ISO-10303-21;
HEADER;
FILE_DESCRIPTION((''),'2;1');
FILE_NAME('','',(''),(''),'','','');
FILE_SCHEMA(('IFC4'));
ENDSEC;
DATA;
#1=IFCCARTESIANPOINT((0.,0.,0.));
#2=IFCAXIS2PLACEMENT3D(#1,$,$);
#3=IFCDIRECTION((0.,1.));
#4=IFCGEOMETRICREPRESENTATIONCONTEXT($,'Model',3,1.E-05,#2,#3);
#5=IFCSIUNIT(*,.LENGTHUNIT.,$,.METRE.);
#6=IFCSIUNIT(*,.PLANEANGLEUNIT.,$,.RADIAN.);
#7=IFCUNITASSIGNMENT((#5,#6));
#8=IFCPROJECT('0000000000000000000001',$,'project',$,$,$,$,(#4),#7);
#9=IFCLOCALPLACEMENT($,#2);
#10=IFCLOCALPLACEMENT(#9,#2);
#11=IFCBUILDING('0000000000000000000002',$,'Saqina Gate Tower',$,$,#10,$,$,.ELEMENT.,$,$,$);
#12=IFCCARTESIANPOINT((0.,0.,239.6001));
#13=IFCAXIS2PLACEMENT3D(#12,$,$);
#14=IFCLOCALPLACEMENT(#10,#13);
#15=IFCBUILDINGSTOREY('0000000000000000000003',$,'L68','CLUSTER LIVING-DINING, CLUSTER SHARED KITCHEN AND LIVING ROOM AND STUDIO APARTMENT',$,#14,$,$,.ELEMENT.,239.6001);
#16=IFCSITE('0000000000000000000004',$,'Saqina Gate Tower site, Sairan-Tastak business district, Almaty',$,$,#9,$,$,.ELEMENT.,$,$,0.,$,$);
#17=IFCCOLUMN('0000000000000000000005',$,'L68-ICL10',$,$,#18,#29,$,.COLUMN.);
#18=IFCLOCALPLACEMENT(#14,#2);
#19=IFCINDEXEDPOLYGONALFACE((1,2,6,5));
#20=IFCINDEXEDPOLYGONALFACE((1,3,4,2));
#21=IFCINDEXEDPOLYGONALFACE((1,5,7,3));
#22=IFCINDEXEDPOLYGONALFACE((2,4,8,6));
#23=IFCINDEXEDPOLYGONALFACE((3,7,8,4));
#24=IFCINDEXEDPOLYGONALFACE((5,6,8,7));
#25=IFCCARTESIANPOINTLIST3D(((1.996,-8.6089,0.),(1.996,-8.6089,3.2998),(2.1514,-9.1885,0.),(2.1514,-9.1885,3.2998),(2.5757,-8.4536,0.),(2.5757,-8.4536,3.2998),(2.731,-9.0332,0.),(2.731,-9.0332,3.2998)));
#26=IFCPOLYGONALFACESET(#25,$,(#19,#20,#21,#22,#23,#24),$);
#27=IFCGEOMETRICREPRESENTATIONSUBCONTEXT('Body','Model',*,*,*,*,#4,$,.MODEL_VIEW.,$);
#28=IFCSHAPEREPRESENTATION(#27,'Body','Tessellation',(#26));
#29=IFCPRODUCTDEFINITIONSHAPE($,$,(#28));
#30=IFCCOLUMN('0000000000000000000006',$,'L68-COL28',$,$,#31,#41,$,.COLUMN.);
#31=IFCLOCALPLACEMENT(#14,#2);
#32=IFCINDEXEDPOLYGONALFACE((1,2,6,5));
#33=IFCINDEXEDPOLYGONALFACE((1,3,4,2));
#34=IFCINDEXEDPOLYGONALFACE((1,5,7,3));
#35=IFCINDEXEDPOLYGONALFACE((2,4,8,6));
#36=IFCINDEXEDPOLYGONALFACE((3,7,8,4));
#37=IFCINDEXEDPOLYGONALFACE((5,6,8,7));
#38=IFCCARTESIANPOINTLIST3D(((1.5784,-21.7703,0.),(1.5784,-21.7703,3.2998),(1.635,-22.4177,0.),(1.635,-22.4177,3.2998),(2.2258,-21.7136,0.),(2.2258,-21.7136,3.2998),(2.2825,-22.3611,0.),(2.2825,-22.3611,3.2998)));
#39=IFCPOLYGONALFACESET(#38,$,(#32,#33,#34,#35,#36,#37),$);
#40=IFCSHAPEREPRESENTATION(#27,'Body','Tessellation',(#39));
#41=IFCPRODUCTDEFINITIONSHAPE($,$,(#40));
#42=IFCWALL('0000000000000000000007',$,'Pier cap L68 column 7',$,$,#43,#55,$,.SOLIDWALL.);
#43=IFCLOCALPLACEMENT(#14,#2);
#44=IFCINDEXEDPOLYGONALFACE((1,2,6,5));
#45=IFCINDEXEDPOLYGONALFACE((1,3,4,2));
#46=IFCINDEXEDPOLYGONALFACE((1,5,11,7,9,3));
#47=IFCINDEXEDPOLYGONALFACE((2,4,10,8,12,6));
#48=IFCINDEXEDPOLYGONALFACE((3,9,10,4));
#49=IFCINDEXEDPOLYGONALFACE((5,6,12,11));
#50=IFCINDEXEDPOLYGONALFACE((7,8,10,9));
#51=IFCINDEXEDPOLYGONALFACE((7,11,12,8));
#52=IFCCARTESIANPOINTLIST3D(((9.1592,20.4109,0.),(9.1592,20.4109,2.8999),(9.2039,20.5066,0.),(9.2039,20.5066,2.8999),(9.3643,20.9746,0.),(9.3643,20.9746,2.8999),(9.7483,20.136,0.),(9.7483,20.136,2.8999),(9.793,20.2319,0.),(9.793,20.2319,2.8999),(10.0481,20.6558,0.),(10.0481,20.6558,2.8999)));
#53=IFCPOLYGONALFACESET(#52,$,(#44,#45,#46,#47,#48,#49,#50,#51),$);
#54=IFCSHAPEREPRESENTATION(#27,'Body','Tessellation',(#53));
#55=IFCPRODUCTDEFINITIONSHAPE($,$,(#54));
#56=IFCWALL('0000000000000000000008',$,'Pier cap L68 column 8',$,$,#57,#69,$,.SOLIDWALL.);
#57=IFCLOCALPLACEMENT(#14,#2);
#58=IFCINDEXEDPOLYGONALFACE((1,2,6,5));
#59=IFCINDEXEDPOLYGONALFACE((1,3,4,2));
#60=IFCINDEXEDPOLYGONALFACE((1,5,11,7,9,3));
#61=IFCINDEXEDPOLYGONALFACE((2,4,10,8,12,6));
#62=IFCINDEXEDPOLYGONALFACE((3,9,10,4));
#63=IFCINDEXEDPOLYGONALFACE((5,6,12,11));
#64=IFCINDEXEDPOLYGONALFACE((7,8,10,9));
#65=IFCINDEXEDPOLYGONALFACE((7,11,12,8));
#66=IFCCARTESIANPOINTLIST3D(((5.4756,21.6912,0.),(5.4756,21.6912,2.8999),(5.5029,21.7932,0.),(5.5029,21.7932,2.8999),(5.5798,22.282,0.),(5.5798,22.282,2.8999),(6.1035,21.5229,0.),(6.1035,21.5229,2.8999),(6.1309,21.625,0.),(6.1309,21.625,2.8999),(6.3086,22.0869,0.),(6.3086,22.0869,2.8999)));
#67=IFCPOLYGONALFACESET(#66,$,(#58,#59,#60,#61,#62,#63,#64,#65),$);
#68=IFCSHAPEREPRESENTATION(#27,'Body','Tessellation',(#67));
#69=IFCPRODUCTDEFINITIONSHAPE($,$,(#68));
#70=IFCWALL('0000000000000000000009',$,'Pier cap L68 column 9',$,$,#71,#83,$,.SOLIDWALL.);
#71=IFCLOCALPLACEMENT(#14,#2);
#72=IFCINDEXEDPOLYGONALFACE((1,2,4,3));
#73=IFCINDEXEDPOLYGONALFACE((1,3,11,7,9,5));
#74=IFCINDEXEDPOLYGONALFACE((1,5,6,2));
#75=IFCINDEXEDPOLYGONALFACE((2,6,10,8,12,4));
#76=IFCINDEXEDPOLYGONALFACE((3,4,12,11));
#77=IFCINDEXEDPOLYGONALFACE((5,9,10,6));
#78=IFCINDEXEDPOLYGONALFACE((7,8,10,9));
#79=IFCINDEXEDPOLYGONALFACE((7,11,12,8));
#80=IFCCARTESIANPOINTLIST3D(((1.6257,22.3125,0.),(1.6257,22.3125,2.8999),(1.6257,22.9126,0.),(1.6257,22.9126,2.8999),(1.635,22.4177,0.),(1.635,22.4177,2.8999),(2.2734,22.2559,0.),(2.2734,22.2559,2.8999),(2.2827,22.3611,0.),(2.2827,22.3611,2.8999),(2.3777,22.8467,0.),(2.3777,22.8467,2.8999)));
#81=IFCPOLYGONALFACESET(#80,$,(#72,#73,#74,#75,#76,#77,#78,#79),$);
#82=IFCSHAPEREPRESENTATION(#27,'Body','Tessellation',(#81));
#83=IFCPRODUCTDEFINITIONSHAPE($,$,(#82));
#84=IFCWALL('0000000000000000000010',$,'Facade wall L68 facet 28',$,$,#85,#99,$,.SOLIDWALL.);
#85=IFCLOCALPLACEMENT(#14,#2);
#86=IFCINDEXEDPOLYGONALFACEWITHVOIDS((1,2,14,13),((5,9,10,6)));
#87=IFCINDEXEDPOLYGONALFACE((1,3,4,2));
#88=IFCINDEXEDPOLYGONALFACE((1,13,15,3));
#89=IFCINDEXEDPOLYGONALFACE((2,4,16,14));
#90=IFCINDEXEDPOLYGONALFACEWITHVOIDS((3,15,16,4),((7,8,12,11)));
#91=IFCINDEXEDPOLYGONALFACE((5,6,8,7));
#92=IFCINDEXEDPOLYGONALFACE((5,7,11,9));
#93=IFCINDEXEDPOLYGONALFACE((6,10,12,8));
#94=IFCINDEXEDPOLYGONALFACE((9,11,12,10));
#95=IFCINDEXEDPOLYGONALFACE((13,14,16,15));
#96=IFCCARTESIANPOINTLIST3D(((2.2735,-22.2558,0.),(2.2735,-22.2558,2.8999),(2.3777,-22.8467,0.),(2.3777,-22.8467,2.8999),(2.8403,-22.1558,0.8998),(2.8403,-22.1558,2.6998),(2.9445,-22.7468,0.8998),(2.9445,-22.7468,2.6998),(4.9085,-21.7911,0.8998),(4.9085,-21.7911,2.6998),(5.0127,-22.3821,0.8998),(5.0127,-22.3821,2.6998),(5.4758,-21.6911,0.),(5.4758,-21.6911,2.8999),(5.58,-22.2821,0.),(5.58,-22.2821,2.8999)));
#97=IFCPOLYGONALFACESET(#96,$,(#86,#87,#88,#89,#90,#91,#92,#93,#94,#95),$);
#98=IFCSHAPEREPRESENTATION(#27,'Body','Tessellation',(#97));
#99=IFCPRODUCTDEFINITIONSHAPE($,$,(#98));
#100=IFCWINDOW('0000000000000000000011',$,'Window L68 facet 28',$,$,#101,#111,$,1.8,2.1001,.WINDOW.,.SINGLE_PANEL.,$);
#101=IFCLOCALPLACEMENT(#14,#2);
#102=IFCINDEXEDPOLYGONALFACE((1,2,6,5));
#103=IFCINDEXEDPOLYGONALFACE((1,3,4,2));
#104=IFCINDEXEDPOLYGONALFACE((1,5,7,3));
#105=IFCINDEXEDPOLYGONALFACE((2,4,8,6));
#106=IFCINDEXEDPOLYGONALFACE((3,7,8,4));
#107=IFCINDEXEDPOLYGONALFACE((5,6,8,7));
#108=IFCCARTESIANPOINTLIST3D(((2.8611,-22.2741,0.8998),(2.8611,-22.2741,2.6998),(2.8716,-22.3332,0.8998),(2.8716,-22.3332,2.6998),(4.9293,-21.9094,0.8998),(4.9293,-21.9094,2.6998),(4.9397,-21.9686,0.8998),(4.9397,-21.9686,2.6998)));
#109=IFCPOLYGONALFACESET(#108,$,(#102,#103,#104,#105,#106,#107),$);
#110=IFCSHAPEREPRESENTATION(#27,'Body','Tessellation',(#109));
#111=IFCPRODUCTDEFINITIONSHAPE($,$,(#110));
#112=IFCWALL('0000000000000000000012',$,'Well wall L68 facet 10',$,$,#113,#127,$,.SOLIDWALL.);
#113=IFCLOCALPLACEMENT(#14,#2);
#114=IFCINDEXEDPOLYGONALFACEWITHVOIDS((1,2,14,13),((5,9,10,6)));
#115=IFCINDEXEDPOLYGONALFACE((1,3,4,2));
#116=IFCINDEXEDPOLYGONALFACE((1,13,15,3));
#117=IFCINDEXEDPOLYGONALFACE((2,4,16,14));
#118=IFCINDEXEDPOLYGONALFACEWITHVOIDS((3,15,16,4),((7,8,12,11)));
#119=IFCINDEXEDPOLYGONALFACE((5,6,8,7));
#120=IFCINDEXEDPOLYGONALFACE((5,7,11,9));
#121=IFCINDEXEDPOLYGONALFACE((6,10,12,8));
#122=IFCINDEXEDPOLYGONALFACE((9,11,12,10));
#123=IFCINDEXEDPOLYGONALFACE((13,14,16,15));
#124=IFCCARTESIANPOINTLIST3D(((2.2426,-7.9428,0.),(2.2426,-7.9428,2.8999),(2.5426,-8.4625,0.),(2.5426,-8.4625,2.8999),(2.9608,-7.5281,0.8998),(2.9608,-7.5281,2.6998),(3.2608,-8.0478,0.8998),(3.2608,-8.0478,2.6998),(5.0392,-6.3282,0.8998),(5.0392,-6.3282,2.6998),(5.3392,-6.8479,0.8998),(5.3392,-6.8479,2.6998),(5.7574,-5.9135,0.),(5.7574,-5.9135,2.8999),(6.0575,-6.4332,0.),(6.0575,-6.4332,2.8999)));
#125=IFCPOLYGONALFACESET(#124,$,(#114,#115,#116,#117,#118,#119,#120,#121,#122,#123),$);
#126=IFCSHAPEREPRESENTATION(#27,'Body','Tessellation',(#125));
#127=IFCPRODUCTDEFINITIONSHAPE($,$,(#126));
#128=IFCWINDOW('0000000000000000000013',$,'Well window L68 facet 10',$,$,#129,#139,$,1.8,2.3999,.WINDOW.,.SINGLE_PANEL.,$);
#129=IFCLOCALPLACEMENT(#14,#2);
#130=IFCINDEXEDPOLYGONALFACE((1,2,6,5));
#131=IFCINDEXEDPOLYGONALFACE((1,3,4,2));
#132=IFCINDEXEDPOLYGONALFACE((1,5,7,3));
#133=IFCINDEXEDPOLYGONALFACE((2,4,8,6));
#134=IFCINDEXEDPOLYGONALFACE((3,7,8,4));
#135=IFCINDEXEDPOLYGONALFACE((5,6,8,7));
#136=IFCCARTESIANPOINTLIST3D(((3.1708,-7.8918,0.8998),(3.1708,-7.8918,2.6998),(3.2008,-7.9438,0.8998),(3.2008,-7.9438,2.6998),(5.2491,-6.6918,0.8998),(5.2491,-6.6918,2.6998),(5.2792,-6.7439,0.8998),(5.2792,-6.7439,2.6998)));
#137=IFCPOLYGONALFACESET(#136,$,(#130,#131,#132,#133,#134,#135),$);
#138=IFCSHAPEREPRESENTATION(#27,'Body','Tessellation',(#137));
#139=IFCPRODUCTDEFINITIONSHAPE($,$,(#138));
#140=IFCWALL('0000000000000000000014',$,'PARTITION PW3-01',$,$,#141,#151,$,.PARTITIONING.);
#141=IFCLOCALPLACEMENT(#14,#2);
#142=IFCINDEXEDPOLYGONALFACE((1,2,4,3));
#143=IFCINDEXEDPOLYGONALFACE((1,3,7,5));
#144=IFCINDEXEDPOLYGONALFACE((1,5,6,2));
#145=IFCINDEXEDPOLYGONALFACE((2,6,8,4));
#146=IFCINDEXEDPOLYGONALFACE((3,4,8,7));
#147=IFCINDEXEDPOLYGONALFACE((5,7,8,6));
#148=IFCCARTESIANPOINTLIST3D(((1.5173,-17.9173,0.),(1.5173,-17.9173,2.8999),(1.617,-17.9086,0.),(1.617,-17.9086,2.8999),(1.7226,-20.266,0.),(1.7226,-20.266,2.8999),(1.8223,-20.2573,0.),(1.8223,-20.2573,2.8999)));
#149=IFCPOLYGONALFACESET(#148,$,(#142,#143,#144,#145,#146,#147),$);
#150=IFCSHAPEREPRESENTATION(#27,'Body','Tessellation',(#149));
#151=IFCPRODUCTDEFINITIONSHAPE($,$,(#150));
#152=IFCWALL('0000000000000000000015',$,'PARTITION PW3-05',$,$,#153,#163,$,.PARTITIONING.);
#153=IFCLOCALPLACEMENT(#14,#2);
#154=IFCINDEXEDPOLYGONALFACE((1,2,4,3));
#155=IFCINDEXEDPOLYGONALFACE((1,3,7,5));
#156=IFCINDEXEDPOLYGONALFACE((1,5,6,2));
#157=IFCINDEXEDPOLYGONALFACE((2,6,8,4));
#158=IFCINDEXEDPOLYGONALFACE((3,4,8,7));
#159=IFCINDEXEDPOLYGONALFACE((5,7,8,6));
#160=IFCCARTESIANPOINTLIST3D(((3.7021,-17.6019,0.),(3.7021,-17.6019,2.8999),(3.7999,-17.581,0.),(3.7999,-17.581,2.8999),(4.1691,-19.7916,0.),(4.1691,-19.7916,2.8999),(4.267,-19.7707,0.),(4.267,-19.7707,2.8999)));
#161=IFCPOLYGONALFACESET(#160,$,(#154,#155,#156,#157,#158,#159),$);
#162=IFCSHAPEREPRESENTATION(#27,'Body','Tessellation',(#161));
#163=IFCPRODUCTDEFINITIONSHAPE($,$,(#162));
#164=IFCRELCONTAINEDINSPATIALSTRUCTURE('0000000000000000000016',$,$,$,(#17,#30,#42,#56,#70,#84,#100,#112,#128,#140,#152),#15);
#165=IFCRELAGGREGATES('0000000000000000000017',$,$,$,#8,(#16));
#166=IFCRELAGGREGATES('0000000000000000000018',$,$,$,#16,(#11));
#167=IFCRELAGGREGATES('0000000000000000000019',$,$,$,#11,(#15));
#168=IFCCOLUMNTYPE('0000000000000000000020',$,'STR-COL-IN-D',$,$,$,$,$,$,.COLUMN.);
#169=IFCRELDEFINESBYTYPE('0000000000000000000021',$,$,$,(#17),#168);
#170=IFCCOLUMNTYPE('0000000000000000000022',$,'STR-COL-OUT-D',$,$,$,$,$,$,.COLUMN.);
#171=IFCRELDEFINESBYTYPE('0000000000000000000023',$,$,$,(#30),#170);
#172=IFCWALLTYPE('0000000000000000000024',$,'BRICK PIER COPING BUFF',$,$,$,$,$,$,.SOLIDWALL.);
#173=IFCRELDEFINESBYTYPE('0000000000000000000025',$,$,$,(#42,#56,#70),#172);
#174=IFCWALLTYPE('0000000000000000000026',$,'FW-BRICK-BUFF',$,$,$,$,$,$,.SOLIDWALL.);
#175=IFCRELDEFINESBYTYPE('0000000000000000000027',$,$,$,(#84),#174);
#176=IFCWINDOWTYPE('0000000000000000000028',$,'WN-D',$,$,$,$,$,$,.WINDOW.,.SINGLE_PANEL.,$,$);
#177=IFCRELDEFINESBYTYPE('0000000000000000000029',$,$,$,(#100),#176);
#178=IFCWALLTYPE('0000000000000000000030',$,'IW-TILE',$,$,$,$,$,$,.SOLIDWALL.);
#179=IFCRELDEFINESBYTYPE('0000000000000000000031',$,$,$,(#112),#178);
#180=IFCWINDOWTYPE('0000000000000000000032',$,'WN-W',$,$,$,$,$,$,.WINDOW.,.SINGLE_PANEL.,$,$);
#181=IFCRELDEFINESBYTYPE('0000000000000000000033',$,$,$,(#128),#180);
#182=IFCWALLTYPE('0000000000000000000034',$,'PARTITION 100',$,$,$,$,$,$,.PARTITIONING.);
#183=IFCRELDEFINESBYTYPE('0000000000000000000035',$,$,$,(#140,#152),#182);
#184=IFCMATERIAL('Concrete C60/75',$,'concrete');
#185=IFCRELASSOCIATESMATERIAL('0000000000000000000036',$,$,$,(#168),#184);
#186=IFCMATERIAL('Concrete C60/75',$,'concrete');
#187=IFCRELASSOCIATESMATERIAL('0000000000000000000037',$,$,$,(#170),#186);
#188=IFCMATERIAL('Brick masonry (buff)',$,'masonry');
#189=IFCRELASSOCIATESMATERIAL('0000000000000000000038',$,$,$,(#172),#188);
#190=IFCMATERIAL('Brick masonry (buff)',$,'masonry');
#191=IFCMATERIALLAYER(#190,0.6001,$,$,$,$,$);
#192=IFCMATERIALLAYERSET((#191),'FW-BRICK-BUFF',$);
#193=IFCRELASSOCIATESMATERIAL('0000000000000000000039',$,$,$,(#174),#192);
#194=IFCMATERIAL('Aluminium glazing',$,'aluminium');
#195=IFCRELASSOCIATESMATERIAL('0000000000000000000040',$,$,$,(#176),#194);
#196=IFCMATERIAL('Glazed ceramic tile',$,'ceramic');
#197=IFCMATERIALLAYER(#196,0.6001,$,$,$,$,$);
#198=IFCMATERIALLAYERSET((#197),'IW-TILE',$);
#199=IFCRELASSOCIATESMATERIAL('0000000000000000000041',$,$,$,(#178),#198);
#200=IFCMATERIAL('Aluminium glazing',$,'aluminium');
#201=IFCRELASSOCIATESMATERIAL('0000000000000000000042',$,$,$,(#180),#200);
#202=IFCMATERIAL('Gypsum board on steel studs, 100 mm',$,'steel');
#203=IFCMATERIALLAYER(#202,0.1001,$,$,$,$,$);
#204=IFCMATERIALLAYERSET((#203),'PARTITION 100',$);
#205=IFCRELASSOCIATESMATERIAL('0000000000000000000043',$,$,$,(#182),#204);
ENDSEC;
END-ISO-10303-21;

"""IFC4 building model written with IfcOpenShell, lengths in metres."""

from ifc_helpers import new_model, si_unit, direction, frame, frame_2d, origin, origin_2d, place, context, subcontext, project, spatial, polyline, rectangle, outline, extrude, material, layer, layer_set, material_profile, profile_set, type_object, element, fill, save


model = new_model("IFC4")

# Units and contexts
model_context = context("Model", 3, precision=1e-05, world=origin(), true_north=direction((0.0, 1.0)))
body_context = subcontext(model_context, "Body", "Model", "MODEL_VIEW")
ifc_project = project(units=[si_unit("LENGTHUNIT", "METRE"), si_unit("PLANEANGLEUNIT", "RADIAN")], contexts=[model_context])

# Site, building, storey
site_placement = place(None, origin())
site = spatial("IfcSite", under=ifc_project, at=site_placement, Name="Saqina Gate Tower site, Sairan-Tastak business district, Almaty", CompositionType="ELEMENT", RefElevation=0.0)
building_placement = place(site_placement, origin())
building = spatial("IfcBuilding", under=site, at=building_placement, Name="Saqina Gate Tower", CompositionType="ELEMENT")
storey_placement = place(building_placement, frame((0.0, 0.0, 239.6001)))
storey = spatial("IfcBuildingStorey", under=building, at=storey_placement, Name="L68", Description="CLUSTER LIVING-DINING, CLUSTER SHARED KITCHEN AND LIVING ROOM AND STUDIO APARTMENT", CompositionType="ELEMENT", Elevation=239.6001)

# Columns
ifc_material_1 = material(Name="Concrete C60/75", Category="concrete")
ifc_material_profile_1 = material_profile(ifc_material_1, rectangle(XDim=0.6001, YDim=0.6001, at=origin_2d()), Name="RC 600x600")
ifc_profile_set_1 = profile_set([ifc_material_profile_1], Name="Concrete C60/75")
column_type_1 = type_object("IfcColumnType", Name="STR-COL-IN-D", PredefinedType="COLUMN", material=ifc_profile_set_1)
column_1_placement = place(storey_placement, frame((2.3635, -8.821, 0.0), z_axis=(0.0, 0.0, 1.0), x_axis=(0.258819, -0.965926, 0.0)))
element("IfcColumn", 1, at=column_1_placement, inside=storey, type_object=column_type_1, Name="L68-ICL10", PredefinedType="COLUMN", context=body_context, shape_type="SweptSolid", body=[
    extrude(rectangle(XDim=0.6001, YDim=0.6001, at=origin_2d()), origin(), (0.0, 0.0, 1.0), 3.2998),
])
ifc_material_2 = material(Name="Concrete C60/75", Category="concrete")
ifc_material_profile_2 = material_profile(ifc_material_2, rectangle(XDim=0.6499, YDim=0.6499, at=origin_2d()), Name="RC 650x650")
ifc_profile_set_2 = profile_set([ifc_material_profile_2], Name="Concrete C60/75")
column_type_2 = type_object("IfcColumnType", Name="STR-COL-OUT-D", PredefinedType="COLUMN", material=ifc_profile_set_2)
column_2_placement = place(storey_placement, frame((1.9304, -22.0657, 0.0), z_axis=(0.0, 0.0, 1.0), x_axis=(0.087156, -0.996195, 0.0)))
element("IfcColumn", 2, at=column_2_placement, inside=storey, type_object=column_type_2, Name="L68-COL28", PredefinedType="COLUMN", context=body_context, shape_type="SweptSolid", body=[
    extrude(rectangle(XDim=0.6499, YDim=0.6499, at=origin_2d()), origin(), (0.0, 0.0, 1.0), 3.2998),
])

# Walls
ifc_material_3 = material(Name="Brick masonry (buff)", Category="masonry")
wall_type_1 = type_object("IfcWallType", Name="BRICK PIER COPING BUFF", PredefinedType="SOLIDWALL", material=ifc_material_3)
wall_1_placement = place(storey_placement, origin())
element("IfcWall", 3, at=wall_1_placement, inside=storey, type_object=wall_type_1, Name="Pier cap L68 column 7", PredefinedType="SOLIDWALL", context=body_context, shape_type="SweptSolid", body=[
    extrude(outline(polyline([(10.0481, 20.6558), (9.3643, 20.9746), (9.1592, 20.4109), (9.2039, 20.5066), (9.793, 20.2319), (9.7483, 20.136), (10.0481, 20.6558)])), origin(), (0.0, 0.0, 1.0), 2.8999),
])
wall_2_placement = place(storey_placement, origin())
element("IfcWall", 4, at=wall_2_placement, inside=storey, type_object=wall_type_1, Name="Pier cap L68 column 8", PredefinedType="SOLIDWALL", context=body_context, shape_type="SweptSolid", body=[
    extrude(outline(polyline([(5.5798, 22.282), (5.4756, 21.6912), (5.5029, 21.7932), (6.1309, 21.625), (6.1035, 21.5229), (6.3086, 22.0869), (5.5798, 22.282)])), origin(), (0.0, 0.0, 1.0), 2.8999),
])
wall_3_placement = place(storey_placement, origin())
element("IfcWall", 5, at=wall_3_placement, inside=storey, type_object=wall_type_1, Name="Pier cap L68 column 9", PredefinedType="SOLIDWALL", context=body_context, shape_type="SweptSolid", body=[
    extrude(outline(polyline([(2.3777, 22.8467), (1.6257, 22.9126), (1.6257, 22.3125), (1.635, 22.4177), (2.2827, 22.3611), (2.2734, 22.2559), (2.3777, 22.8467)])), origin(), (0.0, 0.0, 1.0), 2.8999),
])

# Walls, openings, windows
ifc_material_4 = material(Name="Brick masonry (buff)", Category="masonry")
ifc_layer_1 = layer(ifc_material_4, 0.6001)
ifc_layer_set_1 = layer_set([ifc_layer_1], Name="FW-BRICK-BUFF")
wall_type_2 = type_object("IfcWallType", Name="FW-BRICK-BUFF", PredefinedType="SOLIDWALL", material=ifc_layer_set_1)
wall_4_placement = place(storey_placement, frame((2.3254, -22.5513, 0.0), z_axis=(0.0, 0.0, 1.0), x_axis=(0.984806, 0.173657, 0.0)))
wall_4 = element("IfcWall", 6, at=wall_4_placement, inside=storey, type_object=wall_type_2, Name="Facade wall L68 facet 28", PredefinedType="SOLIDWALL", context=body_context, shape_type="SweptSolid", body=[
    extrude(rectangle(XDim=3.2517, YDim=0.6001, at=frame_2d((1.626, 0.0))), origin(), (0.0, 0.0, 1.0), 2.8999),
])
opening_1_placement = place(wall_4_placement, frame((0.5757, 0.0, 0.8999)))
opening_1 = element("IfcOpeningElement", 7, at=opening_1_placement, cuts=wall_4, PredefinedType="OPENING", context=body_context, shape_type="SweptSolid", body=[
    extrude(rectangle(XDim=2.1001, YDim=1.8, at=frame_2d((1.05, 0.8999))), frame((0.0, 0.312, 0.0), z_axis=(0.0, -1.0, 0.0), x_axis=(1.0, 0.0, 0.0)), (0.0, 0.0, 1.0), 0.624),
])
ifc_material_5 = material(Name="Aluminium glazing", Category="aluminium")
window_type_1 = type_object("IfcWindowType", Name="WN-D", PartitioningType="SINGLE_PANEL", PredefinedType="WINDOW", material=ifc_material_5)
window_1_placement = place(opening_1_placement, origin())
window_1 = element("IfcWindow", 8, at=window_1_placement, inside=storey, type_object=window_type_1, Name="Window L68 facet 28", OverallHeight=1.8, OverallWidth=2.1001, PartitioningType="SINGLE_PANEL", PredefinedType="WINDOW", context=body_context, shape_type="SweptSolid", body=[
    extrude(rectangle(XDim=2.1001, YDim=1.8, at=frame_2d((1.05, 0.8999))), frame((0.0, 0.1799, 0.0), z_axis=(0.0, -1.0, 0.0), x_axis=(1.0, 0.0, 0.0)), (0.0, 0.0, 1.0), 0.0601),
])
fill(opening_1, window_1)
ifc_material_6 = material(Name="Glazed ceramic tile", Category="ceramic")
ifc_layer_2 = layer(ifc_material_6, 0.6001)
ifc_layer_set_2 = layer_set([ifc_layer_2], Name="IW-TILE")
wall_type_3 = type_object("IfcWallType", Name="IW-TILE", PredefinedType="SOLIDWALL", material=ifc_layer_set_2)
wall_5_placement = place(storey_placement, frame((2.3926, -8.2026, 0.0), z_axis=(0.0, 0.0, 1.0), x_axis=(0.866028, 0.499995, 0.0)))
wall_5 = element("IfcWall", 9, at=wall_5_placement, inside=storey, type_object=wall_type_3, Name="Well wall L68 facet 10", PredefinedType="SOLIDWALL", context=body_context, shape_type="SweptSolid", body=[
    extrude(rectangle(XDim=4.0586, YDim=0.6001, at=frame_2d((2.0293, 0.0))), origin(), (0.0, 0.0, 1.0), 2.8999),
])
opening_2_placement = place(wall_5_placement, frame((0.8293, 0.0, 0.8999)))
opening_2 = element("IfcOpeningElement", 10, at=opening_2_placement, cuts=wall_5, PredefinedType="OPENING", context=body_context, shape_type="SweptSolid", body=[
    extrude(rectangle(XDim=2.3999, YDim=1.8, at=frame_2d((1.2, 0.8999))), frame((0.0, 0.312, 0.0), z_axis=(0.0, -1.0, 0.0), x_axis=(1.0, 0.0, 0.0)), (0.0, 0.0, 1.0), 0.624),
])
ifc_material_7 = material(Name="Aluminium glazing", Category="aluminium")
window_type_2 = type_object("IfcWindowType", Name="WN-W", PartitioningType="SINGLE_PANEL", PredefinedType="WINDOW", material=ifc_material_7)
window_2_placement = place(opening_2_placement, origin())
window_2 = element("IfcWindow", 11, at=window_2_placement, inside=storey, type_object=window_type_2, Name="Well window L68 facet 10", OverallHeight=1.8, OverallWidth=2.3999, PartitioningType="SINGLE_PANEL", PredefinedType="WINDOW", context=body_context, shape_type="SweptSolid", body=[
    extrude(rectangle(XDim=2.3999, YDim=1.8, at=frame_2d((1.2, 0.8999))), frame((0.0, -0.1199, 0.0), z_axis=(0.0, -1.0, 0.0), x_axis=(1.0, 0.0, 0.0)), (0.0, 0.0, 1.0), 0.0601),
])
fill(opening_2, window_2)

# Walls
ifc_material_8 = material(Name="Gypsum board on steel studs, 100 mm", Category="steel")
ifc_layer_3 = layer(ifc_material_8, 0.1001)
ifc_layer_set_3 = layer_set([ifc_layer_3], Name="PARTITION 100")
wall_type_4 = type_object("IfcWallType", Name="PARTITION 100", PredefinedType="PARTITIONING", material=ifc_layer_set_3)
wall_6_placement = place(storey_placement, frame((1.5671, -17.9131, 0.0), z_axis=(0.0, 0.0, 1.0), x_axis=(0.08709, -0.9962, 0.0)))
element("IfcWall", 12, at=wall_6_placement, inside=storey, type_object=wall_type_4, Name="PARTITION PW3-01", PredefinedType="PARTITIONING", context=body_context, shape_type="SweptSolid", body=[
    extrude(rectangle(XDim=2.3577, YDim=0.1001, at=frame_2d((1.1787, 0.0))), origin(), (0.0, 0.0, 1.0), 2.8999),
])
wall_7_placement = place(storey_placement, frame((3.751, -17.5913, 0.0), z_axis=(0.0, 0.0, 1.0), x_axis=(0.208598, -0.978001, 0.0)))
element("IfcWall", 13, at=wall_7_placement, inside=storey, type_object=wall_type_4, Name="PARTITION PW3-05", PredefinedType="PARTITIONING", context=body_context, shape_type="SweptSolid", body=[
    extrude(rectangle(XDim=2.239, YDim=0.1001, at=frame_2d((1.1196, 0.0))), origin(), (0.0, 0.0, 1.0), 2.8999),
])

save(model, "model.ifc")
